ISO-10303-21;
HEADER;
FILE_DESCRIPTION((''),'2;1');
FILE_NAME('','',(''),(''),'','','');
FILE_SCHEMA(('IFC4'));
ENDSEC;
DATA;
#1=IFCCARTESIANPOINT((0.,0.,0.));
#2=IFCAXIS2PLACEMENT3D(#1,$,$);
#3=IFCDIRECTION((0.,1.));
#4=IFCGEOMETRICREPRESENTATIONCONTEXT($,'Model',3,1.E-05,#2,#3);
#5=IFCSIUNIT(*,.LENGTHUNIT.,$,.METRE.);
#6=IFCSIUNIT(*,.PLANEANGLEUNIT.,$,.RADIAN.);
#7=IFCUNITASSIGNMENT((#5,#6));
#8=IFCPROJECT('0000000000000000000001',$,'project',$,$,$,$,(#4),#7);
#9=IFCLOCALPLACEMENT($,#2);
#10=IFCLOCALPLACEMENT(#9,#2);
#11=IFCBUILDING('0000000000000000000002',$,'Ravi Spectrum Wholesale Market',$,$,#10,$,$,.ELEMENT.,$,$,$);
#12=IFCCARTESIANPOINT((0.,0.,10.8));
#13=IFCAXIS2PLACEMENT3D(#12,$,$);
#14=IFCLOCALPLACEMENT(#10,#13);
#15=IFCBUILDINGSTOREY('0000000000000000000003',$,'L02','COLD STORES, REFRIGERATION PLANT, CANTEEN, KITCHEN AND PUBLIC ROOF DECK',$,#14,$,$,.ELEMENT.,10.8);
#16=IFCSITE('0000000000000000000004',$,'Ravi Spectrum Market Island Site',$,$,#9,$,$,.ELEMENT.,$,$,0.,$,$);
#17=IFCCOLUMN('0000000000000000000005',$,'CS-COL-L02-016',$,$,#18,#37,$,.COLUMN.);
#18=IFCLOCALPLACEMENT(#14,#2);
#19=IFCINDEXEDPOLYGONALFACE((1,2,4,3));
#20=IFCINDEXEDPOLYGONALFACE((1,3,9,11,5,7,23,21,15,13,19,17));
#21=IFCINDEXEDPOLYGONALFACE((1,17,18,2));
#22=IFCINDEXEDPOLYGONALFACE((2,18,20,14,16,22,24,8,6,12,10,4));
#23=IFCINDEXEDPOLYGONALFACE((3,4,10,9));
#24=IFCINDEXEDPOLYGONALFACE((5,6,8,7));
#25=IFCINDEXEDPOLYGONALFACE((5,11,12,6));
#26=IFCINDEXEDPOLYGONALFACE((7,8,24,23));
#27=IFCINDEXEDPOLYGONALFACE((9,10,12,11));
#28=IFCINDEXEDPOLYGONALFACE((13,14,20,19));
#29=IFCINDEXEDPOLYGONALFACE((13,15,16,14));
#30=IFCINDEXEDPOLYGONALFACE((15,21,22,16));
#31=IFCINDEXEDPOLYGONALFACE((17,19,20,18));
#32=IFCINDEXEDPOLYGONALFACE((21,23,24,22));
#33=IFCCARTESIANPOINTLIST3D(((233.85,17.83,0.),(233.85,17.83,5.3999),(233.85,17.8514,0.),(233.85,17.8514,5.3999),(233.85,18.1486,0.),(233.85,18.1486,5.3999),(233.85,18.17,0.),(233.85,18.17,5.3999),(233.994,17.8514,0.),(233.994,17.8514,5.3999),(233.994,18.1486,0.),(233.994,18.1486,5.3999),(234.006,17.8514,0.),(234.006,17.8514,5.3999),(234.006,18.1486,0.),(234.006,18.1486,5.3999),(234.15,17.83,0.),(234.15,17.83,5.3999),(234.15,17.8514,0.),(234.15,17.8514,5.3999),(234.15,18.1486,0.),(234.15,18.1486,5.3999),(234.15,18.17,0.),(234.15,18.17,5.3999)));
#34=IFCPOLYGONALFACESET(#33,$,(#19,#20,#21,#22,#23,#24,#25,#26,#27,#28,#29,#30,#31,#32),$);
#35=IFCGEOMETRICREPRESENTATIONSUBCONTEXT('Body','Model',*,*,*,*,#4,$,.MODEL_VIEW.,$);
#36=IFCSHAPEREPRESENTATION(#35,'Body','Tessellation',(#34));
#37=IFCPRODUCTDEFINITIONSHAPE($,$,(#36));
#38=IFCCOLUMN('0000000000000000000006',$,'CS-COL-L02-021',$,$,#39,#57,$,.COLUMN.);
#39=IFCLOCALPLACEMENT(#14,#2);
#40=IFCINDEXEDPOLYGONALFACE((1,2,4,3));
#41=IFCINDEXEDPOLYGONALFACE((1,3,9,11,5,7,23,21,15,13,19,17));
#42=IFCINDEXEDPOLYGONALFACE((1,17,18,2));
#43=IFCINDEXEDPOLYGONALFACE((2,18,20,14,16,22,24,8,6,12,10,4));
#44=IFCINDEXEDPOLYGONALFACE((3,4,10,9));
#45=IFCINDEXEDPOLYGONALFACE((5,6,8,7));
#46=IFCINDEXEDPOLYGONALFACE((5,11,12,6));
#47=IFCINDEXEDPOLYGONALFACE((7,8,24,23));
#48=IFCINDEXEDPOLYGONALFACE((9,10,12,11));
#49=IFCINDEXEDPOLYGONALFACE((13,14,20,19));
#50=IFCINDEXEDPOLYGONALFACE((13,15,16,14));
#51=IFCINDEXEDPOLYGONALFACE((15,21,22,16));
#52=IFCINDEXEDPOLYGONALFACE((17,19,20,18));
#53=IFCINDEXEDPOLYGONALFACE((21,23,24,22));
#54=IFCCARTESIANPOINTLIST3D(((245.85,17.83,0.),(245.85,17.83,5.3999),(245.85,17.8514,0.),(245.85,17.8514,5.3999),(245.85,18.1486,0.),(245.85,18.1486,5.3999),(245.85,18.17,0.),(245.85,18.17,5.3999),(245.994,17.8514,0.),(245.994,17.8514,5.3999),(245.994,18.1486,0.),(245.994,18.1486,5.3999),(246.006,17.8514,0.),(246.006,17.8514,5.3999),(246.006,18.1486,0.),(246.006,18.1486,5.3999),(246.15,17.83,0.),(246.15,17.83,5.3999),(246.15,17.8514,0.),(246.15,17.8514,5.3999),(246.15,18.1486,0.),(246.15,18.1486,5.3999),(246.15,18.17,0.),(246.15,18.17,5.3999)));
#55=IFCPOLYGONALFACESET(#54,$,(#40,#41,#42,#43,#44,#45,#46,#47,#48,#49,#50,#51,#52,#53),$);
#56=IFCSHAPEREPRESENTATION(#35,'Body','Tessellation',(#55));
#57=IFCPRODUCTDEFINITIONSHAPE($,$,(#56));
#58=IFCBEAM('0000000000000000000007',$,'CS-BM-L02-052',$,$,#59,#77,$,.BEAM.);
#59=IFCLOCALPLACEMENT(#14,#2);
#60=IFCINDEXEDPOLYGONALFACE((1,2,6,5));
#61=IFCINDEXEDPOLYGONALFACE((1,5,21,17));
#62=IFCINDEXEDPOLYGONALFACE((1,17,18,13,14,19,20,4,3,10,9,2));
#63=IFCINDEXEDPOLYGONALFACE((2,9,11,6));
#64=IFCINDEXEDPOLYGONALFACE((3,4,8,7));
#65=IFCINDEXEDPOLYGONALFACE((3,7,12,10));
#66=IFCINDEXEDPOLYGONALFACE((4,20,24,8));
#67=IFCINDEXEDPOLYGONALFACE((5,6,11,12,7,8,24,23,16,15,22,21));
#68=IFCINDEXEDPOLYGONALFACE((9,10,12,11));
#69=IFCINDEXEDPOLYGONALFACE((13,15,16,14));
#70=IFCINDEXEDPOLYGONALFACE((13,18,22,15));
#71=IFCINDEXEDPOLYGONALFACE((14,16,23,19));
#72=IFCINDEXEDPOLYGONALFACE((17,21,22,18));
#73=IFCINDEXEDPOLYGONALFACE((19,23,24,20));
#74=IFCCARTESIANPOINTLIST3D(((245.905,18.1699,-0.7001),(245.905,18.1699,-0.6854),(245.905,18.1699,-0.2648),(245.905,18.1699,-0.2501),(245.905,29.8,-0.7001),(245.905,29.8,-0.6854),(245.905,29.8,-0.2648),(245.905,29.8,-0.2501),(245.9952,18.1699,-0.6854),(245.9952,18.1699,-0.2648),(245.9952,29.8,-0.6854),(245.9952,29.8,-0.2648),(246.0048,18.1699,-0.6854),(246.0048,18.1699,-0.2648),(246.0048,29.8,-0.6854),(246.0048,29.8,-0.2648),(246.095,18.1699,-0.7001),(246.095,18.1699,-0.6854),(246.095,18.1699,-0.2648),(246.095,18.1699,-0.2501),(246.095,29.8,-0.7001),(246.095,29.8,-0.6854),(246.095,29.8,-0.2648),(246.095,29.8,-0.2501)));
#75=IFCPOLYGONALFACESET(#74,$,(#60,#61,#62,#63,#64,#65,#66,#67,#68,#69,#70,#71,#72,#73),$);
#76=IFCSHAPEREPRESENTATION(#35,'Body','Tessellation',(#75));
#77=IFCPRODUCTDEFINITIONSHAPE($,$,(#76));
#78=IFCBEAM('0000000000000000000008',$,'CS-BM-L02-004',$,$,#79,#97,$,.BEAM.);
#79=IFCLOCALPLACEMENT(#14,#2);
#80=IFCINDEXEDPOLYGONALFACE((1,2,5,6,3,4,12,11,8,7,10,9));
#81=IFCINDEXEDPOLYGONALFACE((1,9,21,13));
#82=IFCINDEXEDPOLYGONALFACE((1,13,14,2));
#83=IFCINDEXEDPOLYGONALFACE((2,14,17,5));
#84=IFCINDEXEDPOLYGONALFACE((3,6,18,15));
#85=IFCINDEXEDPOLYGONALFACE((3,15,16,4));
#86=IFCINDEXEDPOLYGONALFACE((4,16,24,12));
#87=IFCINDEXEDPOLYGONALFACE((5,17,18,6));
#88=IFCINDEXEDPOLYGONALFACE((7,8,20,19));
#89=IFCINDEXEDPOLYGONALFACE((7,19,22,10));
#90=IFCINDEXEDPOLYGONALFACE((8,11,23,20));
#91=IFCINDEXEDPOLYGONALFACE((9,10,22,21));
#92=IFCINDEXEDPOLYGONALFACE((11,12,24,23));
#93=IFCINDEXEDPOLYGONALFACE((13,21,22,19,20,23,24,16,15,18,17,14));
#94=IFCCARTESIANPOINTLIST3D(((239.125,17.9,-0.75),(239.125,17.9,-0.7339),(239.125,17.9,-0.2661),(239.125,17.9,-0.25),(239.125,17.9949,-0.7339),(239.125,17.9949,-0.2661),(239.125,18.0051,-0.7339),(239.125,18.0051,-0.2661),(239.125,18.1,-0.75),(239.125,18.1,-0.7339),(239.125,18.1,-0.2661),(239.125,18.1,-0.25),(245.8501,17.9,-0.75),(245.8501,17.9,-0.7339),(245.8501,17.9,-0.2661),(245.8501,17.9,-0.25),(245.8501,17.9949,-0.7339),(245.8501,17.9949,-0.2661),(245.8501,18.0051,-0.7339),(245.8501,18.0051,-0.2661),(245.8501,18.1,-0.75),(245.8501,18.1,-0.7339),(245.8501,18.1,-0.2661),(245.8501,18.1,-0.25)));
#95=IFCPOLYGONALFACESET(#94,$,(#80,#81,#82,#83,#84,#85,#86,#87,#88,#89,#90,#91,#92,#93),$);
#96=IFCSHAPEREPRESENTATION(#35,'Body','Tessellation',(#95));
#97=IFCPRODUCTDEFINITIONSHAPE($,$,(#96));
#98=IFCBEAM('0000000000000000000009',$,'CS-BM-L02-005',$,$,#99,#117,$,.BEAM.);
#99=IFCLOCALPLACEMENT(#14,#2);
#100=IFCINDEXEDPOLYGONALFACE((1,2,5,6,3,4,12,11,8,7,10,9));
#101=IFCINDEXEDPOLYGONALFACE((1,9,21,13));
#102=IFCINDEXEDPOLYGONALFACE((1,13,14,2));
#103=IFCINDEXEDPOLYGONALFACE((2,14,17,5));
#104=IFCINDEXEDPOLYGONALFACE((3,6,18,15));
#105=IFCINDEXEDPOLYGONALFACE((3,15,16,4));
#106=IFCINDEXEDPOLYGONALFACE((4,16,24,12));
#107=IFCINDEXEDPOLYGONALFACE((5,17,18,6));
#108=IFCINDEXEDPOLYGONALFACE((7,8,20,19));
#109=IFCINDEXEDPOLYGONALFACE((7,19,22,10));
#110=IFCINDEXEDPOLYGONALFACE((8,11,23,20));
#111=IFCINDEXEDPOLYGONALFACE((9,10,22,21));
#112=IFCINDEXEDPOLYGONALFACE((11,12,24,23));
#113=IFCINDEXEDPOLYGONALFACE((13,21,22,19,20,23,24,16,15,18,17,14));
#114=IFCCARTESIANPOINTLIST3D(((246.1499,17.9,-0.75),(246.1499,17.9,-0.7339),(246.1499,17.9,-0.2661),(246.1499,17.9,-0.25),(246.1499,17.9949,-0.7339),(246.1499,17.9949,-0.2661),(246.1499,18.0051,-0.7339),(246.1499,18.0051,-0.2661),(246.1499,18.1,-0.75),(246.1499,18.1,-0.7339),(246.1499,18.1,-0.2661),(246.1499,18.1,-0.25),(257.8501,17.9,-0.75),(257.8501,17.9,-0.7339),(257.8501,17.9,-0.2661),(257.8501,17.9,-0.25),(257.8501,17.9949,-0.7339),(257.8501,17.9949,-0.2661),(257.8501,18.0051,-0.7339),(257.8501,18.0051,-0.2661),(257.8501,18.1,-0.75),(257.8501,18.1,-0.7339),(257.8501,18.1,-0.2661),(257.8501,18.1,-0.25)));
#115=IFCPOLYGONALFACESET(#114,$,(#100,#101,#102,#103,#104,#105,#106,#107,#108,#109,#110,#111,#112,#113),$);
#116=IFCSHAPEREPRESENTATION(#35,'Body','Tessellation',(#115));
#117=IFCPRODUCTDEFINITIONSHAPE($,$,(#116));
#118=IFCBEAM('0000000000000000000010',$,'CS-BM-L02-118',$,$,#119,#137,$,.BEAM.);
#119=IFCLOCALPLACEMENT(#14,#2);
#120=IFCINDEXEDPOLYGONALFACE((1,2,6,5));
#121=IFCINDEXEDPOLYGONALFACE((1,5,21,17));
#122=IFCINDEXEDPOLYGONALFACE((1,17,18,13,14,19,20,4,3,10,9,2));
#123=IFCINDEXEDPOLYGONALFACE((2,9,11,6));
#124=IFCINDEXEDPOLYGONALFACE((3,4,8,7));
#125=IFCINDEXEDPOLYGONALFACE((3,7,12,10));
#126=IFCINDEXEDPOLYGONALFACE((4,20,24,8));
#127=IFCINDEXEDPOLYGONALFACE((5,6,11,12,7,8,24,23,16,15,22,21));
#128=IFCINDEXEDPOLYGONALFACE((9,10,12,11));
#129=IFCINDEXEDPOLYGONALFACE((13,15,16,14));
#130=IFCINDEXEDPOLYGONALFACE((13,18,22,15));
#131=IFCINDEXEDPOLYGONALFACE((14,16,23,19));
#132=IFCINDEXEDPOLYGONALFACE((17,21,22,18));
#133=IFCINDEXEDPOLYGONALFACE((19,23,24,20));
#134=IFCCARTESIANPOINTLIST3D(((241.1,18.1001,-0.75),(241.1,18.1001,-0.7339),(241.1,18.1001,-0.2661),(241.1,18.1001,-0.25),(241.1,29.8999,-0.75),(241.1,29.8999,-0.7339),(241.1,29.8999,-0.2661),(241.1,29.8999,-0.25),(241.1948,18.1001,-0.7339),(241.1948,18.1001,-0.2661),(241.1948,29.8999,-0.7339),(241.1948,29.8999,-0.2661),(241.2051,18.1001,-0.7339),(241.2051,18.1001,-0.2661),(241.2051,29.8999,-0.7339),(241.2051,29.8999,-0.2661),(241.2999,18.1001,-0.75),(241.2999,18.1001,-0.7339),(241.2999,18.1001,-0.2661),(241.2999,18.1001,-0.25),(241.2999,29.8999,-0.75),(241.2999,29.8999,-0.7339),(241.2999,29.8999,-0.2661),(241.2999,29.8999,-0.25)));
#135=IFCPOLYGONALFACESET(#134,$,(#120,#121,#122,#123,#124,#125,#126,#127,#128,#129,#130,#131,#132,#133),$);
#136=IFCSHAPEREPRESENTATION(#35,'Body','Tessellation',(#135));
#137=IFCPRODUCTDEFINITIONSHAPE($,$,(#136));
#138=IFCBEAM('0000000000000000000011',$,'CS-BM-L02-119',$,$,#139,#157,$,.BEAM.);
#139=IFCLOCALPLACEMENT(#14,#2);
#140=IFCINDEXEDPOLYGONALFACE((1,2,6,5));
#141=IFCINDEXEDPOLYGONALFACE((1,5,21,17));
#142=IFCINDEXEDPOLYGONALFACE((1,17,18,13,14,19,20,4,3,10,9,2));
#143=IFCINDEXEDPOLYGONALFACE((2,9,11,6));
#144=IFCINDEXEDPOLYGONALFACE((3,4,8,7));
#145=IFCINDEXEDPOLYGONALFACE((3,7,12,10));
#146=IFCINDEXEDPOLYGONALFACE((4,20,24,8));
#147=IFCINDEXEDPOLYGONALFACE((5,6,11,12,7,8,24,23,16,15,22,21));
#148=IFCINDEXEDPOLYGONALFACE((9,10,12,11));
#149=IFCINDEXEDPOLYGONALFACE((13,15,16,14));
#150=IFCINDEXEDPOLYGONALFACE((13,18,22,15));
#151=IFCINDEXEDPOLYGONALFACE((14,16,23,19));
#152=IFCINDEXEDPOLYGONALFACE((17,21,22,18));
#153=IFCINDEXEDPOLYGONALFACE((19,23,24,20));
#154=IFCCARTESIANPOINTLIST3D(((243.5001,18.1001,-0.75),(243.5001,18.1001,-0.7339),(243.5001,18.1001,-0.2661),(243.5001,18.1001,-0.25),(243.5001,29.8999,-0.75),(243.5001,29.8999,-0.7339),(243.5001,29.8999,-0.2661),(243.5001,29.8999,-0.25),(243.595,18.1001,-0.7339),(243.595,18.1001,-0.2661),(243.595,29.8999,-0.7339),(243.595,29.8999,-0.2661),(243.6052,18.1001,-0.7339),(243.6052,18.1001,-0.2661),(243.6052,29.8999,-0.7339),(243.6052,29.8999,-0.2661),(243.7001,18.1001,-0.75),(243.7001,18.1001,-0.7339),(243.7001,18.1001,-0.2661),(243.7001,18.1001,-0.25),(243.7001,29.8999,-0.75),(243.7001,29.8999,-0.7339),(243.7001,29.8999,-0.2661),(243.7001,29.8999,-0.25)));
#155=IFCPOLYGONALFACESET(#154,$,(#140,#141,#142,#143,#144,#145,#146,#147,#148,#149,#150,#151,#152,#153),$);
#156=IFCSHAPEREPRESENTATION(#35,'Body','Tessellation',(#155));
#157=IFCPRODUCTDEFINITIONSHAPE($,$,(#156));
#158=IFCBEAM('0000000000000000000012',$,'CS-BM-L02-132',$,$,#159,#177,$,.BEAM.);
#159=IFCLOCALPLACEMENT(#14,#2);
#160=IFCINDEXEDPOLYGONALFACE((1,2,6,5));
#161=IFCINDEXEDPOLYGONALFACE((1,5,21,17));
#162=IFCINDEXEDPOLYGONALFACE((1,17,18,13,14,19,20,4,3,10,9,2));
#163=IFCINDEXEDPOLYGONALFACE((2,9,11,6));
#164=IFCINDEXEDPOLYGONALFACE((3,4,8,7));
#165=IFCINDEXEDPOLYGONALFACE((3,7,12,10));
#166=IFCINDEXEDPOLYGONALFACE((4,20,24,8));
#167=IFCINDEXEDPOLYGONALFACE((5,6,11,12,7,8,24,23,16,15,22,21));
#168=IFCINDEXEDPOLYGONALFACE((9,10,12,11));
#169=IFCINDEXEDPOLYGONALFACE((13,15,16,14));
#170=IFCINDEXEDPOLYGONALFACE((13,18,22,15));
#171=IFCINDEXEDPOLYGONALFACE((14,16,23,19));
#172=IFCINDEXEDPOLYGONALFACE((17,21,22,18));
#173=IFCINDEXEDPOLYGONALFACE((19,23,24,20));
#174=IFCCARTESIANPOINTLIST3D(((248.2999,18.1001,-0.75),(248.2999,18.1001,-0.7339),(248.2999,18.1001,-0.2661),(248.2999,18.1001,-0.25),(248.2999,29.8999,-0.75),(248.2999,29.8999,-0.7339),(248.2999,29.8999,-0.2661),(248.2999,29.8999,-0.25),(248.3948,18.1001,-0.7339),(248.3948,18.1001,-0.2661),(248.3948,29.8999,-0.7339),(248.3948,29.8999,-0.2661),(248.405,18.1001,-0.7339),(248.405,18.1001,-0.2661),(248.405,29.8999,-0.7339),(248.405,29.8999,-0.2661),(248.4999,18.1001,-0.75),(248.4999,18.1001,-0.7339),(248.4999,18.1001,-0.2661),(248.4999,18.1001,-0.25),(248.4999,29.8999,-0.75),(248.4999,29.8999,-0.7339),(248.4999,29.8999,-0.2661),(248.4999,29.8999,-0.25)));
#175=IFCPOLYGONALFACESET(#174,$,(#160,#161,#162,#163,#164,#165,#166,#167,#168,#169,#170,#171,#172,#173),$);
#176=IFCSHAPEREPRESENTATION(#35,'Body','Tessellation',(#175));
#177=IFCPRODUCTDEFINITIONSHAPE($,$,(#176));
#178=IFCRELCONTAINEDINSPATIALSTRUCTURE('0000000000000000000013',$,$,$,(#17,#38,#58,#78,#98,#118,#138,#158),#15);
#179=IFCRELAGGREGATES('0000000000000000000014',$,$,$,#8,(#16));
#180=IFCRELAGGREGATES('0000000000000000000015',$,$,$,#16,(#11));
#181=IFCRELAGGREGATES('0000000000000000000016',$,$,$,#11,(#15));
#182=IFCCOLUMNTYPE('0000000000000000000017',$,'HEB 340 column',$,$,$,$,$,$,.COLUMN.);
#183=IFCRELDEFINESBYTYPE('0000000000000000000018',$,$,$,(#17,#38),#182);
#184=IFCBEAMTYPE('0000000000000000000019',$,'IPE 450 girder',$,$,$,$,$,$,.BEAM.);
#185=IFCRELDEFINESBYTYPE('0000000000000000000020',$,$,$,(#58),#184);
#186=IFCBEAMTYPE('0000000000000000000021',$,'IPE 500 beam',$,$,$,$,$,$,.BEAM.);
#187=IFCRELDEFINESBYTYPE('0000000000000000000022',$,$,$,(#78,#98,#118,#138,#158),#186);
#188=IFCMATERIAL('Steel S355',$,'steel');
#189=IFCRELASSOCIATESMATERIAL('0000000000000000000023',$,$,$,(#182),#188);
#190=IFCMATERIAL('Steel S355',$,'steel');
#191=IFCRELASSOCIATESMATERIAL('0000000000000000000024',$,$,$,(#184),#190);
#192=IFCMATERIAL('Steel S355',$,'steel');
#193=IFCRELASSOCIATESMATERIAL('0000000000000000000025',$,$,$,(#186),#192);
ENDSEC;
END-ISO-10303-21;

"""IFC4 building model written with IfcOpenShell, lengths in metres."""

from ifc_helpers import new_model, si_unit, direction, frame, origin, origin_2d, place, context, subcontext, project, spatial, i_section, extrude, material, material_profile, profile_set, type_object, element, save


model = new_model("IFC4")

# Units and contexts
model_context = context("Model", 3, precision=1e-05, world=origin(), true_north=direction((0.0, 1.0)))
body_context = subcontext(model_context, "Body", "Model", "MODEL_VIEW")
ifc_project = project(units=[si_unit("LENGTHUNIT", "METRE"), si_unit("PLANEANGLEUNIT", "RADIAN")], contexts=[model_context])

# Site, building, storey
site_placement = place(None, origin())
site = spatial("IfcSite", under=ifc_project, at=site_placement, Name="Ravi Spectrum Market Island Site", CompositionType="ELEMENT", RefElevation=0.0)
building_placement = place(site_placement, origin())
building = spatial("IfcBuilding", under=site, at=building_placement, Name="Ravi Spectrum Wholesale Market", CompositionType="ELEMENT")
storey_placement = place(building_placement, frame((0.0, 0.0, 10.8)))
storey = spatial("IfcBuildingStorey", under=building, at=storey_placement, Name="L02", Description="COLD STORES, REFRIGERATION PLANT, CANTEEN, KITCHEN AND PUBLIC ROOF DECK", CompositionType="ELEMENT", Elevation=10.8)

# Columns
ifc_material_1 = material(Name="Steel S355", Category="steel")
ifc_material_profile_1 = material_profile(ifc_material_1, i_section(OverallWidth=0.3, OverallDepth=0.3401, WebThickness=0.012, FlangeThickness=0.0215, at=origin_2d()))
ifc_profile_set_1 = profile_set([ifc_material_profile_1], Name="Steel S355")
column_type = type_object("IfcColumnType", Name="HEB 340 column", PredefinedType="COLUMN", material=ifc_profile_set_1)
for number, where, z_axis, x_axis, name in (
    (1, (234.0, 18.0, 0.0), (0.0, 0.0, 1.0), (1.0, 0.0, 0.0), "CS-COL-L02-016"),
    (2, (246.0, 18.0, 0.0), (0.0, 0.0, 1.0), (1.0, 0.0, 0.0), "CS-COL-L02-021"),
):
    element("IfcColumn", number, at=place(storey_placement, frame(where, z_axis=z_axis, x_axis=x_axis)), inside=storey, type_object=column_type, Name=name, PredefinedType="COLUMN", context=body_context, shape_type="SweptSolid", body=[
        extrude(i_section(OverallWidth=0.3, OverallDepth=0.3401, WebThickness=0.012, FlangeThickness=0.0215, at=origin_2d()), origin(), (0.0, 0.0, 1.0), 5.3999),
    ])

# Beams
ifc_material_2 = material(Name="Steel S355", Category="steel")
ifc_material_profile_2 = material_profile(ifc_material_2, i_section(OverallWidth=0.1899, OverallDepth=0.45, WebThickness=0.0095, FlangeThickness=0.0146, at=origin_2d()))
ifc_profile_set_2 = profile_set([ifc_material_profile_2], Name="Steel S355")
beam_type_1 = type_object("IfcBeamType", Name="IPE 450 girder", PredefinedType="BEAM", material=ifc_profile_set_2)
beam_1_placement = place(storey_placement, frame((246.0, 18.1699, -0.4751), z_axis=(0.0, 1.0, 0.0), x_axis=(-1.0, 0.0, 0.0)))
element("IfcBeam", 3, at=beam_1_placement, inside=storey, type_object=beam_type_1, Name="CS-BM-L02-052", PredefinedType="BEAM", context=body_context, shape_type="SweptSolid", body=[
    extrude(i_section(OverallWidth=0.1899, OverallDepth=0.45, WebThickness=0.0095, FlangeThickness=0.0146, at=origin_2d()), origin(), (0.0, 0.0, 1.0), 11.6301),
])
ifc_material_3 = material(Name="Steel S355", Category="steel")
ifc_material_profile_3 = material_profile(ifc_material_3, i_section(OverallWidth=0.2, OverallDepth=0.5, WebThickness=0.0103, FlangeThickness=0.0161, at=origin_2d()))
ifc_profile_set_3 = profile_set([ifc_material_profile_3], Name="Steel S355")
beam_type_2 = type_object("IfcBeamType", Name="IPE 500 beam", PredefinedType="BEAM", material=ifc_profile_set_3)
beam_2_placement = place(storey_placement, frame((239.125, 18.0, -0.5), z_axis=(1.0, 0.0, 0.0), x_axis=(0.0, 1.0, 0.0)))
element("IfcBeam", 4, at=beam_2_placement, inside=storey, type_object=beam_type_2, Name="CS-BM-L02-004", PredefinedType="BEAM", context=body_context, shape_type="SweptSolid", body=[
    extrude(i_section(OverallWidth=0.2, OverallDepth=0.5, WebThickness=0.0103, FlangeThickness=0.0161, at=origin_2d()), origin(), (0.0, 0.0, 1.0), 6.7251),
])
beam_3_placement = place(storey_placement, frame((246.1499, 18.0, -0.5), z_axis=(1.0, 0.0, 0.0), x_axis=(0.0, 1.0, 0.0)))
element("IfcBeam", 5, at=beam_3_placement, inside=storey, type_object=beam_type_2, Name="CS-BM-L02-005", PredefinedType="BEAM", context=body_context, shape_type="SweptSolid", body=[
    extrude(i_section(OverallWidth=0.2, OverallDepth=0.5, WebThickness=0.0103, FlangeThickness=0.0161, at=origin_2d()), origin(), (0.0, 0.0, 1.0), 11.7002),
])
for number, where, z_axis, x_axis, name in (
    (6, (241.2, 18.1001, -0.5), (0.0, 1.0, 0.0), (-1.0, 0.0, 0.0), "CS-BM-L02-118"),
    (7, (243.6001, 18.1001, -0.5), (0.0, 1.0, 0.0), (-1.0, 0.0, 0.0), "CS-BM-L02-119"),
    (8, (248.3999, 18.1001, -0.5), (0.0, 1.0, 0.0), (-1.0, 0.0, 0.0), "CS-BM-L02-132"),
):
    element("IfcBeam", number, at=place(storey_placement, frame(where, z_axis=z_axis, x_axis=x_axis)), inside=storey, type_object=beam_type_2, Name=name, PredefinedType="BEAM", context=body_context, shape_type="SweptSolid", body=[
        extrude(i_section(OverallWidth=0.2, OverallDepth=0.5, WebThickness=0.0103, FlangeThickness=0.0161, at=origin_2d()), origin(), (0.0, 0.0, 1.0), 11.7998),
    ])

save(model, "model.ifc")
